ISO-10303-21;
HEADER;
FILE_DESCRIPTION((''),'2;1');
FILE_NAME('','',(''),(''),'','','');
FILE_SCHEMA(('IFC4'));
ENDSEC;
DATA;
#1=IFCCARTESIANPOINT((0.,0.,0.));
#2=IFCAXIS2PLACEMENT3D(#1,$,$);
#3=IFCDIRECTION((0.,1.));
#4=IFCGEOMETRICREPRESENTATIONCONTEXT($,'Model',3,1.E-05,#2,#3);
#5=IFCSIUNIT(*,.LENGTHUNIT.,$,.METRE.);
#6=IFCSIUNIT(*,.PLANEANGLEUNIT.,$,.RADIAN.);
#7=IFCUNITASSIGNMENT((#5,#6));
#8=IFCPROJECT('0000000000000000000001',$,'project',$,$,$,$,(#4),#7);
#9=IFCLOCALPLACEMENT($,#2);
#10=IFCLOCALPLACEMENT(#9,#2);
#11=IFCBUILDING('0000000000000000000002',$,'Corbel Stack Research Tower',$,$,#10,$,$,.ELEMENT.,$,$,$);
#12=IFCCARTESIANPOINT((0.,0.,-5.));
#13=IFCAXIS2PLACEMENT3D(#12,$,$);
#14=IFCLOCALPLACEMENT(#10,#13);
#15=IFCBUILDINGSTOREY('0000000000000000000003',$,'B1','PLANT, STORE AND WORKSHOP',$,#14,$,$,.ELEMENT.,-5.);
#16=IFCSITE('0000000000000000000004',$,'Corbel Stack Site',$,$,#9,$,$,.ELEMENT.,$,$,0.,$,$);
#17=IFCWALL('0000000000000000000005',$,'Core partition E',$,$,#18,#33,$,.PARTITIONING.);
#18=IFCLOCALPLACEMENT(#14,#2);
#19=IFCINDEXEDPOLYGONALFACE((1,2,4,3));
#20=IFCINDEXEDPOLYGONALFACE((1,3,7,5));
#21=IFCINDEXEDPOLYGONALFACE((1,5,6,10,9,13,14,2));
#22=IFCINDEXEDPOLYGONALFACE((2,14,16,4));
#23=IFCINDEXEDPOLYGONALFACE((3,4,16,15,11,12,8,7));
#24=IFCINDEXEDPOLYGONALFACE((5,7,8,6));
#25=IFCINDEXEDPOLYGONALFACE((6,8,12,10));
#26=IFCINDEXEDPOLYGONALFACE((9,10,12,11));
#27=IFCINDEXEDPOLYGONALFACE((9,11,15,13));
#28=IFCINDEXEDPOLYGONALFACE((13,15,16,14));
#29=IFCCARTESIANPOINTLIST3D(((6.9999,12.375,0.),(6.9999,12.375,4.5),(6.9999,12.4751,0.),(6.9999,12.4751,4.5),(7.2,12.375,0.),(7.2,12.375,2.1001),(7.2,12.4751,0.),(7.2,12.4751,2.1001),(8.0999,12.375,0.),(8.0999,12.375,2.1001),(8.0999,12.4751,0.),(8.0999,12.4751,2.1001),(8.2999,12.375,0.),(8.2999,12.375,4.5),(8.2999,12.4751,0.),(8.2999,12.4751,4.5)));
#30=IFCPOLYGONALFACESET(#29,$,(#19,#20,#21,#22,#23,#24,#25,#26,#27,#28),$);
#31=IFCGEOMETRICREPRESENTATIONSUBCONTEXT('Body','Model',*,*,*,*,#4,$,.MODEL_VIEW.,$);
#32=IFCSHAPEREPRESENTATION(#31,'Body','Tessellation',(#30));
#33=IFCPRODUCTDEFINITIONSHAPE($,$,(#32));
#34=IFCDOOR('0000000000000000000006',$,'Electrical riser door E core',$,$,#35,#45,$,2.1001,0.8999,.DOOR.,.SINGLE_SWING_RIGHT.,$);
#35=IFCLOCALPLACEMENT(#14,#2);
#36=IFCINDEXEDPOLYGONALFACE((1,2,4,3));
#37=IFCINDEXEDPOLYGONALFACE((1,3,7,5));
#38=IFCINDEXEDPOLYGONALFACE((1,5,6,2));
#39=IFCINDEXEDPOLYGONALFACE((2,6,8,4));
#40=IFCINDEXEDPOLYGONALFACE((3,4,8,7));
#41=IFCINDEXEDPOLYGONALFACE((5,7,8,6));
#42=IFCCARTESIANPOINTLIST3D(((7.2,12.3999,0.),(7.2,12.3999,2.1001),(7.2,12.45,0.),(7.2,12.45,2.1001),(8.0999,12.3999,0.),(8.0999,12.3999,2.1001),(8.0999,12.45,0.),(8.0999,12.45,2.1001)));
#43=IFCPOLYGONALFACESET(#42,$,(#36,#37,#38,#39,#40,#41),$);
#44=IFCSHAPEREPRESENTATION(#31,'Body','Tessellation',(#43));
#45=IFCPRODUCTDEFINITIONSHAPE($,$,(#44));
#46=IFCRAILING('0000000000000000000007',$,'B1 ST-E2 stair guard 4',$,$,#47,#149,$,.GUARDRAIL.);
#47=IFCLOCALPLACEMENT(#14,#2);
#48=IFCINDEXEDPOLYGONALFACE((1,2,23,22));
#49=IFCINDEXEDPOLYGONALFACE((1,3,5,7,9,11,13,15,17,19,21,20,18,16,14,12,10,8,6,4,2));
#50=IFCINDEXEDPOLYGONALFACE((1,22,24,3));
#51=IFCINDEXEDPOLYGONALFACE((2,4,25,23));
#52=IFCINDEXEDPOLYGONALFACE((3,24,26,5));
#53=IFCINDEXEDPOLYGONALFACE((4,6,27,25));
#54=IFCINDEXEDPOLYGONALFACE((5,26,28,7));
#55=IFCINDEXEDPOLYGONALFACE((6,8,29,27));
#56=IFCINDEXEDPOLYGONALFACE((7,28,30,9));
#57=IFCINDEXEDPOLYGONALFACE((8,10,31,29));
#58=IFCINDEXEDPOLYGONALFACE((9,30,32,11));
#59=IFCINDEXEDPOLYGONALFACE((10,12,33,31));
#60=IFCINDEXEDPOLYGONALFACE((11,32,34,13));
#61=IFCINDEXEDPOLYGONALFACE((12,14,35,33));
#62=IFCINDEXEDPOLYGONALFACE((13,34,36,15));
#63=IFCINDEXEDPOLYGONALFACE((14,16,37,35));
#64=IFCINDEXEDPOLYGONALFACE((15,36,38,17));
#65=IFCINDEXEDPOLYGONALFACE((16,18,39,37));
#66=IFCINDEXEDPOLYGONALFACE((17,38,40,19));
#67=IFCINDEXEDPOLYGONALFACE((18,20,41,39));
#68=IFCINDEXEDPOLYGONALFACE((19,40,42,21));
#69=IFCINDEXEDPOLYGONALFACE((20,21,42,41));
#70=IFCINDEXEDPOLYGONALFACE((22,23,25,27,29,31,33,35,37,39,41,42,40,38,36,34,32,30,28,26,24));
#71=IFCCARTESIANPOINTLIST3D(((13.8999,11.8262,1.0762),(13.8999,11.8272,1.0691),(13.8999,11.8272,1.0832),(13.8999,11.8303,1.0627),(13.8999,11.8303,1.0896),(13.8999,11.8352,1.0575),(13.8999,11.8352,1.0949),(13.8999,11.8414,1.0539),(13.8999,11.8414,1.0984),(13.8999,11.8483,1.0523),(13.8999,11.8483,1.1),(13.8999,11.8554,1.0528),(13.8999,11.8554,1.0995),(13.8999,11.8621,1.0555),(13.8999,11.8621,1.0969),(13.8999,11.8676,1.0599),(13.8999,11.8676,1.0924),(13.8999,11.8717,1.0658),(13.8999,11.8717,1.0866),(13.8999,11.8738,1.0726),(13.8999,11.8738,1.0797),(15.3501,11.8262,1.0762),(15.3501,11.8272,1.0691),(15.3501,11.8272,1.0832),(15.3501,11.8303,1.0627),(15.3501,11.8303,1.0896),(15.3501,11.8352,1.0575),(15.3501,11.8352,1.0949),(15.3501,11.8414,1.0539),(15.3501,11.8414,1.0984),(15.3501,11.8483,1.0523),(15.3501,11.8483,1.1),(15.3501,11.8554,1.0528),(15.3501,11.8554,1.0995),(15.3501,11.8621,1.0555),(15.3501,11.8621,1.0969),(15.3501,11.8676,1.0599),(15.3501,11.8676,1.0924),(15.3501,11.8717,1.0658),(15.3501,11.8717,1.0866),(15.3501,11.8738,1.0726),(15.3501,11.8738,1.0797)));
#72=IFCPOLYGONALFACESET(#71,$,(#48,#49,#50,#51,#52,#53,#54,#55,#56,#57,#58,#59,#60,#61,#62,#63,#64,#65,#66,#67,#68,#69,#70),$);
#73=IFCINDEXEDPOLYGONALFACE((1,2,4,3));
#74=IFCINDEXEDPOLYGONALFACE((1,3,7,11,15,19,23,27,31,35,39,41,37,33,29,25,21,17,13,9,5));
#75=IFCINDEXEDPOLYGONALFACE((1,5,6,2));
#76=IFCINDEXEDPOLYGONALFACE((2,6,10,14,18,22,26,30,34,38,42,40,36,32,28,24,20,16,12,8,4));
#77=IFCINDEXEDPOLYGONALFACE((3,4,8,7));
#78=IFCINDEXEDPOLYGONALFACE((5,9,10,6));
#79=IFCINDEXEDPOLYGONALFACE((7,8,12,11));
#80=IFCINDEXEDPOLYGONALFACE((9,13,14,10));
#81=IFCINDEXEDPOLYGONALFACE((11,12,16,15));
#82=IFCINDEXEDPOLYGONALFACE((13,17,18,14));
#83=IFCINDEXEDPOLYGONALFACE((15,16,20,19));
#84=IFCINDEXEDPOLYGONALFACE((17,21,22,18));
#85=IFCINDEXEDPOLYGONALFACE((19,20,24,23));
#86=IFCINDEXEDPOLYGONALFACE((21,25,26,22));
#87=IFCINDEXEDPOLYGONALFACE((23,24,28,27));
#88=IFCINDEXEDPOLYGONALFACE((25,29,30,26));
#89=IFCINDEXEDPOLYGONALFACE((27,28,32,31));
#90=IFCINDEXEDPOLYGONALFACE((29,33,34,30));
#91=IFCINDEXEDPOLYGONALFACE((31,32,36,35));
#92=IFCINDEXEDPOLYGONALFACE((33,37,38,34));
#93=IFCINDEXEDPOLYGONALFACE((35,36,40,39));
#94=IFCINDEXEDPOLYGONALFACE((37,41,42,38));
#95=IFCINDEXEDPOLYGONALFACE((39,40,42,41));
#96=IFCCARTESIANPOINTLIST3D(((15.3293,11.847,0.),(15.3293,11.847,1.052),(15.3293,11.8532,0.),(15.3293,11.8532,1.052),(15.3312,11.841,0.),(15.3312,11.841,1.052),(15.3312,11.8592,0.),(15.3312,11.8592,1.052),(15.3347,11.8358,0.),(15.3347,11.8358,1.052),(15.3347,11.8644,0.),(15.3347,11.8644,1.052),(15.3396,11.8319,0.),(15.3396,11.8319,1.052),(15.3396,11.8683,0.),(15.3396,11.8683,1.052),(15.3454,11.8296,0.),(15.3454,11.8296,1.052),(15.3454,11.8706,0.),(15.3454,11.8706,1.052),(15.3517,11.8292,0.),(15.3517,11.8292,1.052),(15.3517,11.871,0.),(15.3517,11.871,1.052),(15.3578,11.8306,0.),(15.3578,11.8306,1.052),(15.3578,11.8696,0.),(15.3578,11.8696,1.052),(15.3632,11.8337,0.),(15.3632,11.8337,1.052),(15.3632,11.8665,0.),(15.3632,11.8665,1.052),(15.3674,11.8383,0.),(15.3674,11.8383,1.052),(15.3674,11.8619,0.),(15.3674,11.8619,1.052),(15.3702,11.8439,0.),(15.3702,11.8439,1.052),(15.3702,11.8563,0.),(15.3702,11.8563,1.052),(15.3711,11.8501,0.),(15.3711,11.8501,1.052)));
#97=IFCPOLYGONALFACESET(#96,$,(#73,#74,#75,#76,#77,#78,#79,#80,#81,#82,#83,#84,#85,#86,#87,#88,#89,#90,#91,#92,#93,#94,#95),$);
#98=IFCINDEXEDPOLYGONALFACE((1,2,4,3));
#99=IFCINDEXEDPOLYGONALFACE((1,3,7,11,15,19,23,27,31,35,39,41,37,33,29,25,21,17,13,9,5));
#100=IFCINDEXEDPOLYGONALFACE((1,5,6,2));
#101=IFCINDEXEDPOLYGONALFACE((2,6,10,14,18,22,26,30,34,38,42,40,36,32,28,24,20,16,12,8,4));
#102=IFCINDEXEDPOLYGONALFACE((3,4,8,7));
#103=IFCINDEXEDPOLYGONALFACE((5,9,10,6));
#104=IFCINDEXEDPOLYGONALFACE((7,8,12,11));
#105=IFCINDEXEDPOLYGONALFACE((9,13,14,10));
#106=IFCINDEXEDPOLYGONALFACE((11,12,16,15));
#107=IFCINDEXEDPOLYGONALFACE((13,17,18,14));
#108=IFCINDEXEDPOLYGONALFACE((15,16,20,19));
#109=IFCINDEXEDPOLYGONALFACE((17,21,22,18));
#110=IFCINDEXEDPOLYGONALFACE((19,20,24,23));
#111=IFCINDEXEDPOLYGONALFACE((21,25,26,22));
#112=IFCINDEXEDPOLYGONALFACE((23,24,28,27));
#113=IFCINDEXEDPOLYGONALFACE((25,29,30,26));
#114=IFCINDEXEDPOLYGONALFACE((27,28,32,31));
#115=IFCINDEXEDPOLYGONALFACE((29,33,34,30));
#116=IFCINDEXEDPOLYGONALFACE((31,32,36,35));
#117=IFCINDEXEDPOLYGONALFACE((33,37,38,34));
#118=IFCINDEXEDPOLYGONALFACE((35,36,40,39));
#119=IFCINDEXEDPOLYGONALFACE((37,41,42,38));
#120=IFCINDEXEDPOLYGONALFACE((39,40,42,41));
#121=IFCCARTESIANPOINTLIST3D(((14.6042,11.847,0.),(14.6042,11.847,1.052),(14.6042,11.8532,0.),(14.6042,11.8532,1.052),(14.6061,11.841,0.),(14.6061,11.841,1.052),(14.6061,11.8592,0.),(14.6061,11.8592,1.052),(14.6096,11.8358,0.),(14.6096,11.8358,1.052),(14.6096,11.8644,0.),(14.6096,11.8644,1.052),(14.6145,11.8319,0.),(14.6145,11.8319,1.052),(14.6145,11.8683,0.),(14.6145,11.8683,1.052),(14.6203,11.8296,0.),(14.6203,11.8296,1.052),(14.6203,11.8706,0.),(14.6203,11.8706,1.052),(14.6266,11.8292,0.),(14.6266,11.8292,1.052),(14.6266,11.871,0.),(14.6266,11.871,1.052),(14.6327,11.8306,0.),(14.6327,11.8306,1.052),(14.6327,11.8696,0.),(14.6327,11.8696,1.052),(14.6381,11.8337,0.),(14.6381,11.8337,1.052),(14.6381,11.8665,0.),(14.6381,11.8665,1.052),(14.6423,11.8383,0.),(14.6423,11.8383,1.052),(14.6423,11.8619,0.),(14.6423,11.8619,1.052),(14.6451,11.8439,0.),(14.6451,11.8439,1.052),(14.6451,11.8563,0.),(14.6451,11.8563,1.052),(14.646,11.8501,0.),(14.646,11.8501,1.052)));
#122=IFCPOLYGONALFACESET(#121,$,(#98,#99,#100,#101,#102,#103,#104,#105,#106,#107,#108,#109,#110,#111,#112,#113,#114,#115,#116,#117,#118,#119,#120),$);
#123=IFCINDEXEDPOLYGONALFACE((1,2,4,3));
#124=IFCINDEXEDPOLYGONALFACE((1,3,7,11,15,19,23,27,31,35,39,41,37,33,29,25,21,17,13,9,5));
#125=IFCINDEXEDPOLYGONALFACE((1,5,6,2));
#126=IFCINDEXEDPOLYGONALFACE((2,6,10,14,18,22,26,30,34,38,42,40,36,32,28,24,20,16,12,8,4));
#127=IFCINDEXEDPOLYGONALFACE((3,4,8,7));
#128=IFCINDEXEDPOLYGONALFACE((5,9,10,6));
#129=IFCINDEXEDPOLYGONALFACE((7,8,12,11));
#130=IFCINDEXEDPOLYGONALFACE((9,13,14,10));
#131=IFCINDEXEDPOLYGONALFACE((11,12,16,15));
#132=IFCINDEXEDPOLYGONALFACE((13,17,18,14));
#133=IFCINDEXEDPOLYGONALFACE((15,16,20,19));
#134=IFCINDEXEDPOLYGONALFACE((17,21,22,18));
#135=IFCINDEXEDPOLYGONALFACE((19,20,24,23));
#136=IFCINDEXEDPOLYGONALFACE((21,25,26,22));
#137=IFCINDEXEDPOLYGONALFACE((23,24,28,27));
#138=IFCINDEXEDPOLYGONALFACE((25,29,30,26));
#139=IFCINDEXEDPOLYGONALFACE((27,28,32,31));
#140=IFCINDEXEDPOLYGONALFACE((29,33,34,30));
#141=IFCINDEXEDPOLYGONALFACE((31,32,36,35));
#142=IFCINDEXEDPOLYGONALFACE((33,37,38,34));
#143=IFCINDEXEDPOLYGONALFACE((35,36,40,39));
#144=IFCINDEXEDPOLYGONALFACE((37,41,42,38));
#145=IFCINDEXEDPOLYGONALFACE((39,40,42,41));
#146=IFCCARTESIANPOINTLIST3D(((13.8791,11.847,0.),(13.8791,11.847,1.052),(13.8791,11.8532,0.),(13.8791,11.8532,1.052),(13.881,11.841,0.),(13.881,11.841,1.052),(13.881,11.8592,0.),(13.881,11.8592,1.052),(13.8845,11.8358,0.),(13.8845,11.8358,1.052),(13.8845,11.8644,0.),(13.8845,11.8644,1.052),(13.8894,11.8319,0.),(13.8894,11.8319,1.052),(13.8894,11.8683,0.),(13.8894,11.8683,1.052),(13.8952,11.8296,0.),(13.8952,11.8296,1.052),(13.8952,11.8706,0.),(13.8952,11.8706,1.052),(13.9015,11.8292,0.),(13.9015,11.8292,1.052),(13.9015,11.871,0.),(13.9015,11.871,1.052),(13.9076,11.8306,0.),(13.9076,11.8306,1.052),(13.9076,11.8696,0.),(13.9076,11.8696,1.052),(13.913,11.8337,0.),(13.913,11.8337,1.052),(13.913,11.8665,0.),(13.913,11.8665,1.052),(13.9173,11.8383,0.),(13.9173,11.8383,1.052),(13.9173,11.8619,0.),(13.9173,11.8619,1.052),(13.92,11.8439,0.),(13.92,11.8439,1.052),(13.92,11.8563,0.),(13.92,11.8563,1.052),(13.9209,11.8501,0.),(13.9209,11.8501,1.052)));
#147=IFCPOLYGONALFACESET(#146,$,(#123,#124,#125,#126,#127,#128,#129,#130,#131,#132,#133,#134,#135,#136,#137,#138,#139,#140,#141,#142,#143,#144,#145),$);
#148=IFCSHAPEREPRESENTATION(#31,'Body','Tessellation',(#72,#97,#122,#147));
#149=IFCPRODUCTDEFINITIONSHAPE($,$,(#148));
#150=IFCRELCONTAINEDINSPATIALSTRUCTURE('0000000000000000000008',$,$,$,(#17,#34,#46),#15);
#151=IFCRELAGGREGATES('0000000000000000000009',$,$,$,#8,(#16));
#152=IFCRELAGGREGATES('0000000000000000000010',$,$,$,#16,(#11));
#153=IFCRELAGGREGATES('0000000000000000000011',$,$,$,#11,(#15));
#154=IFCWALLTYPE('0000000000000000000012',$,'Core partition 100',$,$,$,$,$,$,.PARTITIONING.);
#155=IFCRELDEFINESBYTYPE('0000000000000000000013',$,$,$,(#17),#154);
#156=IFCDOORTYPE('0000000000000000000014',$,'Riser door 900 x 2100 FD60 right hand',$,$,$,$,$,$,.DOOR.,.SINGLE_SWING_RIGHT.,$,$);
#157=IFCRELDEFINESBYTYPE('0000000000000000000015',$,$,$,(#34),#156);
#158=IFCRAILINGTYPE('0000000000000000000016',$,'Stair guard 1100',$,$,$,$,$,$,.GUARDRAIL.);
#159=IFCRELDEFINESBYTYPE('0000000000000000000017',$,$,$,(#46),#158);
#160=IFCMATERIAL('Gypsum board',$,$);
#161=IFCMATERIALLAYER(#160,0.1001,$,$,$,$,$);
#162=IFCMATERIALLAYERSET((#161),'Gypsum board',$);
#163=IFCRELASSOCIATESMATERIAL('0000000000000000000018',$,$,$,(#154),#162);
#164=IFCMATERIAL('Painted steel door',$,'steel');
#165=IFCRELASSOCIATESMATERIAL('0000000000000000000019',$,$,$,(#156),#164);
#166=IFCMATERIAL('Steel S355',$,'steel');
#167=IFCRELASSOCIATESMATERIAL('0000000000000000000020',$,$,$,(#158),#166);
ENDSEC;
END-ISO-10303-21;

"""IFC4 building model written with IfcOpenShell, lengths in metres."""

from ifc_helpers import new_model, si_unit, direction, frame, frame_2d, origin, origin_2d, place, context, subcontext, project, spatial, rectangle, circle, extrude, material, layer, layer_set, type_object, element, fill, save


model = new_model("IFC4")

# Units and contexts
model_context = context("Model", 3, precision=1e-05, world=origin(), true_north=direction((0.0, 1.0)))
body_context = subcontext(model_context, "Body", "Model", "MODEL_VIEW")
ifc_project = project(units=[si_unit("LENGTHUNIT", "METRE"), si_unit("PLANEANGLEUNIT", "RADIAN")], contexts=[model_context])

# Site, building, storey
site_placement = place(None, origin())
site = spatial("IfcSite", under=ifc_project, at=site_placement, Name="Corbel Stack Site", CompositionType="ELEMENT", RefElevation=0.0)
building_placement = place(site_placement, origin())
building = spatial("IfcBuilding", under=site, at=building_placement, Name="Corbel Stack Research Tower", CompositionType="ELEMENT")
storey_placement = place(building_placement, frame((0.0, 0.0, -5.0)))
storey = spatial("IfcBuildingStorey", under=building, at=storey_placement, Name="B1", Description="PLANT, STORE AND WORKSHOP", CompositionType="ELEMENT", Elevation=-5.0)

# Wall, opening, door
ifc_material_1 = material(Name="Gypsum board")
ifc_layer_1 = layer(ifc_material_1, 0.1001)
ifc_layer_set_1 = layer_set([ifc_layer_1], Name="Gypsum board")
wall_type_1 = type_object("IfcWallType", Name="Core partition 100", PredefinedType="PARTITIONING", material=ifc_layer_set_1)
wall_1_placement = place(storey_placement, frame((7.0, 12.425, 0.0), z_axis=(0.0, 0.0, 1.0), x_axis=(1.0, 0.0, 0.0)))
wall_1 = element("IfcWall", 1, at=wall_1_placement, inside=storey, type_object=wall_type_1, Name="Core partition E", PredefinedType="PARTITIONING", context=body_context, shape_type="SweptSolid", body=[
    extrude(rectangle(XDim=1.3, YDim=0.1001, at=frame_2d((0.6499, 0.0))), origin(), (0.0, 0.0, 1.0), 4.5),
])
opening_1_placement = place(wall_1_placement, frame((0.2, 0.0, 0.0)))
opening_1 = element("IfcOpeningElement", 2, at=opening_1_placement, cuts=wall_1, PredefinedType="OPENING", context=body_context, shape_type="SweptSolid", body=[
    extrude(rectangle(XDim=0.8999, YDim=2.1001, at=frame_2d((0.45, 1.05))), frame((0.0, 0.0601, 0.0), z_axis=(0.0, -1.0, 0.0), x_axis=(1.0, 0.0, 0.0)), (0.0, 0.0, 1.0), 0.1201),
])
ifc_material_2 = material(Name="Painted steel door", Category="steel")
door_type_1 = type_object("IfcDoorType", Name="Riser door 900 x 2100 FD60 right hand", OperationType="SINGLE_SWING_RIGHT", PredefinedType="DOOR", material=ifc_material_2)
door_1_placement = place(opening_1_placement, origin())
door_1 = element("IfcDoor", 3, at=door_1_placement, inside=storey, type_object=door_type_1, Name="Electrical riser door E core", OperationType="SINGLE_SWING_RIGHT", OverallHeight=2.1001, OverallWidth=0.8999, PredefinedType="DOOR", context=body_context, shape_type="SweptSolid", body=[
    extrude(rectangle(XDim=0.8999, YDim=2.1001, at=frame_2d((0.45, 1.05))), frame((0.0, 0.0249, 0.0), z_axis=(0.0, -1.0, 0.0), x_axis=(1.0, 0.0, 0.0)), (0.0, 0.0, 1.0), 0.05),
])
fill(opening_1, door_1)

# Railing
ifc_material_3 = material(Name="Steel S355", Category="steel")
railing_type = type_object("IfcRailingType", Name="Stair guard 1100", PredefinedType="GUARDRAIL", material=ifc_material_3)
railing_placement = place(storey_placement, frame((15.3501, 11.8501, 0.0)))
element("IfcRailing", 4, at=railing_placement, inside=storey, type_object=railing_type, Name="B1 ST-E2 stair guard 4", PredefinedType="GUARDRAIL", context=body_context, shape_type="SweptSolid", body=[
    extrude(circle(Radius=0.0239, at=origin_2d()), frame((0.0, 0.0, 1.0762), z_axis=(-1.0, 0.0, 0.0), x_axis=(0.0, -1.0, 0.0)), (0.0, 0.0, 1.0), 1.4502),
    extrude(circle(Radius=0.021, at=origin_2d()), origin(), (0.0, 0.0, 1.0), 1.052),
    extrude(circle(Radius=0.021, at=origin_2d()), frame((-0.7251, 0.0, 0.0)), (0.0, 0.0, 1.0), 1.052),
    extrude(circle(Radius=0.021, at=origin_2d()), frame((-1.4502, 0.0, 0.0)), (0.0, 0.0, 1.0), 1.052),
])

save(model, "model.ifc")
